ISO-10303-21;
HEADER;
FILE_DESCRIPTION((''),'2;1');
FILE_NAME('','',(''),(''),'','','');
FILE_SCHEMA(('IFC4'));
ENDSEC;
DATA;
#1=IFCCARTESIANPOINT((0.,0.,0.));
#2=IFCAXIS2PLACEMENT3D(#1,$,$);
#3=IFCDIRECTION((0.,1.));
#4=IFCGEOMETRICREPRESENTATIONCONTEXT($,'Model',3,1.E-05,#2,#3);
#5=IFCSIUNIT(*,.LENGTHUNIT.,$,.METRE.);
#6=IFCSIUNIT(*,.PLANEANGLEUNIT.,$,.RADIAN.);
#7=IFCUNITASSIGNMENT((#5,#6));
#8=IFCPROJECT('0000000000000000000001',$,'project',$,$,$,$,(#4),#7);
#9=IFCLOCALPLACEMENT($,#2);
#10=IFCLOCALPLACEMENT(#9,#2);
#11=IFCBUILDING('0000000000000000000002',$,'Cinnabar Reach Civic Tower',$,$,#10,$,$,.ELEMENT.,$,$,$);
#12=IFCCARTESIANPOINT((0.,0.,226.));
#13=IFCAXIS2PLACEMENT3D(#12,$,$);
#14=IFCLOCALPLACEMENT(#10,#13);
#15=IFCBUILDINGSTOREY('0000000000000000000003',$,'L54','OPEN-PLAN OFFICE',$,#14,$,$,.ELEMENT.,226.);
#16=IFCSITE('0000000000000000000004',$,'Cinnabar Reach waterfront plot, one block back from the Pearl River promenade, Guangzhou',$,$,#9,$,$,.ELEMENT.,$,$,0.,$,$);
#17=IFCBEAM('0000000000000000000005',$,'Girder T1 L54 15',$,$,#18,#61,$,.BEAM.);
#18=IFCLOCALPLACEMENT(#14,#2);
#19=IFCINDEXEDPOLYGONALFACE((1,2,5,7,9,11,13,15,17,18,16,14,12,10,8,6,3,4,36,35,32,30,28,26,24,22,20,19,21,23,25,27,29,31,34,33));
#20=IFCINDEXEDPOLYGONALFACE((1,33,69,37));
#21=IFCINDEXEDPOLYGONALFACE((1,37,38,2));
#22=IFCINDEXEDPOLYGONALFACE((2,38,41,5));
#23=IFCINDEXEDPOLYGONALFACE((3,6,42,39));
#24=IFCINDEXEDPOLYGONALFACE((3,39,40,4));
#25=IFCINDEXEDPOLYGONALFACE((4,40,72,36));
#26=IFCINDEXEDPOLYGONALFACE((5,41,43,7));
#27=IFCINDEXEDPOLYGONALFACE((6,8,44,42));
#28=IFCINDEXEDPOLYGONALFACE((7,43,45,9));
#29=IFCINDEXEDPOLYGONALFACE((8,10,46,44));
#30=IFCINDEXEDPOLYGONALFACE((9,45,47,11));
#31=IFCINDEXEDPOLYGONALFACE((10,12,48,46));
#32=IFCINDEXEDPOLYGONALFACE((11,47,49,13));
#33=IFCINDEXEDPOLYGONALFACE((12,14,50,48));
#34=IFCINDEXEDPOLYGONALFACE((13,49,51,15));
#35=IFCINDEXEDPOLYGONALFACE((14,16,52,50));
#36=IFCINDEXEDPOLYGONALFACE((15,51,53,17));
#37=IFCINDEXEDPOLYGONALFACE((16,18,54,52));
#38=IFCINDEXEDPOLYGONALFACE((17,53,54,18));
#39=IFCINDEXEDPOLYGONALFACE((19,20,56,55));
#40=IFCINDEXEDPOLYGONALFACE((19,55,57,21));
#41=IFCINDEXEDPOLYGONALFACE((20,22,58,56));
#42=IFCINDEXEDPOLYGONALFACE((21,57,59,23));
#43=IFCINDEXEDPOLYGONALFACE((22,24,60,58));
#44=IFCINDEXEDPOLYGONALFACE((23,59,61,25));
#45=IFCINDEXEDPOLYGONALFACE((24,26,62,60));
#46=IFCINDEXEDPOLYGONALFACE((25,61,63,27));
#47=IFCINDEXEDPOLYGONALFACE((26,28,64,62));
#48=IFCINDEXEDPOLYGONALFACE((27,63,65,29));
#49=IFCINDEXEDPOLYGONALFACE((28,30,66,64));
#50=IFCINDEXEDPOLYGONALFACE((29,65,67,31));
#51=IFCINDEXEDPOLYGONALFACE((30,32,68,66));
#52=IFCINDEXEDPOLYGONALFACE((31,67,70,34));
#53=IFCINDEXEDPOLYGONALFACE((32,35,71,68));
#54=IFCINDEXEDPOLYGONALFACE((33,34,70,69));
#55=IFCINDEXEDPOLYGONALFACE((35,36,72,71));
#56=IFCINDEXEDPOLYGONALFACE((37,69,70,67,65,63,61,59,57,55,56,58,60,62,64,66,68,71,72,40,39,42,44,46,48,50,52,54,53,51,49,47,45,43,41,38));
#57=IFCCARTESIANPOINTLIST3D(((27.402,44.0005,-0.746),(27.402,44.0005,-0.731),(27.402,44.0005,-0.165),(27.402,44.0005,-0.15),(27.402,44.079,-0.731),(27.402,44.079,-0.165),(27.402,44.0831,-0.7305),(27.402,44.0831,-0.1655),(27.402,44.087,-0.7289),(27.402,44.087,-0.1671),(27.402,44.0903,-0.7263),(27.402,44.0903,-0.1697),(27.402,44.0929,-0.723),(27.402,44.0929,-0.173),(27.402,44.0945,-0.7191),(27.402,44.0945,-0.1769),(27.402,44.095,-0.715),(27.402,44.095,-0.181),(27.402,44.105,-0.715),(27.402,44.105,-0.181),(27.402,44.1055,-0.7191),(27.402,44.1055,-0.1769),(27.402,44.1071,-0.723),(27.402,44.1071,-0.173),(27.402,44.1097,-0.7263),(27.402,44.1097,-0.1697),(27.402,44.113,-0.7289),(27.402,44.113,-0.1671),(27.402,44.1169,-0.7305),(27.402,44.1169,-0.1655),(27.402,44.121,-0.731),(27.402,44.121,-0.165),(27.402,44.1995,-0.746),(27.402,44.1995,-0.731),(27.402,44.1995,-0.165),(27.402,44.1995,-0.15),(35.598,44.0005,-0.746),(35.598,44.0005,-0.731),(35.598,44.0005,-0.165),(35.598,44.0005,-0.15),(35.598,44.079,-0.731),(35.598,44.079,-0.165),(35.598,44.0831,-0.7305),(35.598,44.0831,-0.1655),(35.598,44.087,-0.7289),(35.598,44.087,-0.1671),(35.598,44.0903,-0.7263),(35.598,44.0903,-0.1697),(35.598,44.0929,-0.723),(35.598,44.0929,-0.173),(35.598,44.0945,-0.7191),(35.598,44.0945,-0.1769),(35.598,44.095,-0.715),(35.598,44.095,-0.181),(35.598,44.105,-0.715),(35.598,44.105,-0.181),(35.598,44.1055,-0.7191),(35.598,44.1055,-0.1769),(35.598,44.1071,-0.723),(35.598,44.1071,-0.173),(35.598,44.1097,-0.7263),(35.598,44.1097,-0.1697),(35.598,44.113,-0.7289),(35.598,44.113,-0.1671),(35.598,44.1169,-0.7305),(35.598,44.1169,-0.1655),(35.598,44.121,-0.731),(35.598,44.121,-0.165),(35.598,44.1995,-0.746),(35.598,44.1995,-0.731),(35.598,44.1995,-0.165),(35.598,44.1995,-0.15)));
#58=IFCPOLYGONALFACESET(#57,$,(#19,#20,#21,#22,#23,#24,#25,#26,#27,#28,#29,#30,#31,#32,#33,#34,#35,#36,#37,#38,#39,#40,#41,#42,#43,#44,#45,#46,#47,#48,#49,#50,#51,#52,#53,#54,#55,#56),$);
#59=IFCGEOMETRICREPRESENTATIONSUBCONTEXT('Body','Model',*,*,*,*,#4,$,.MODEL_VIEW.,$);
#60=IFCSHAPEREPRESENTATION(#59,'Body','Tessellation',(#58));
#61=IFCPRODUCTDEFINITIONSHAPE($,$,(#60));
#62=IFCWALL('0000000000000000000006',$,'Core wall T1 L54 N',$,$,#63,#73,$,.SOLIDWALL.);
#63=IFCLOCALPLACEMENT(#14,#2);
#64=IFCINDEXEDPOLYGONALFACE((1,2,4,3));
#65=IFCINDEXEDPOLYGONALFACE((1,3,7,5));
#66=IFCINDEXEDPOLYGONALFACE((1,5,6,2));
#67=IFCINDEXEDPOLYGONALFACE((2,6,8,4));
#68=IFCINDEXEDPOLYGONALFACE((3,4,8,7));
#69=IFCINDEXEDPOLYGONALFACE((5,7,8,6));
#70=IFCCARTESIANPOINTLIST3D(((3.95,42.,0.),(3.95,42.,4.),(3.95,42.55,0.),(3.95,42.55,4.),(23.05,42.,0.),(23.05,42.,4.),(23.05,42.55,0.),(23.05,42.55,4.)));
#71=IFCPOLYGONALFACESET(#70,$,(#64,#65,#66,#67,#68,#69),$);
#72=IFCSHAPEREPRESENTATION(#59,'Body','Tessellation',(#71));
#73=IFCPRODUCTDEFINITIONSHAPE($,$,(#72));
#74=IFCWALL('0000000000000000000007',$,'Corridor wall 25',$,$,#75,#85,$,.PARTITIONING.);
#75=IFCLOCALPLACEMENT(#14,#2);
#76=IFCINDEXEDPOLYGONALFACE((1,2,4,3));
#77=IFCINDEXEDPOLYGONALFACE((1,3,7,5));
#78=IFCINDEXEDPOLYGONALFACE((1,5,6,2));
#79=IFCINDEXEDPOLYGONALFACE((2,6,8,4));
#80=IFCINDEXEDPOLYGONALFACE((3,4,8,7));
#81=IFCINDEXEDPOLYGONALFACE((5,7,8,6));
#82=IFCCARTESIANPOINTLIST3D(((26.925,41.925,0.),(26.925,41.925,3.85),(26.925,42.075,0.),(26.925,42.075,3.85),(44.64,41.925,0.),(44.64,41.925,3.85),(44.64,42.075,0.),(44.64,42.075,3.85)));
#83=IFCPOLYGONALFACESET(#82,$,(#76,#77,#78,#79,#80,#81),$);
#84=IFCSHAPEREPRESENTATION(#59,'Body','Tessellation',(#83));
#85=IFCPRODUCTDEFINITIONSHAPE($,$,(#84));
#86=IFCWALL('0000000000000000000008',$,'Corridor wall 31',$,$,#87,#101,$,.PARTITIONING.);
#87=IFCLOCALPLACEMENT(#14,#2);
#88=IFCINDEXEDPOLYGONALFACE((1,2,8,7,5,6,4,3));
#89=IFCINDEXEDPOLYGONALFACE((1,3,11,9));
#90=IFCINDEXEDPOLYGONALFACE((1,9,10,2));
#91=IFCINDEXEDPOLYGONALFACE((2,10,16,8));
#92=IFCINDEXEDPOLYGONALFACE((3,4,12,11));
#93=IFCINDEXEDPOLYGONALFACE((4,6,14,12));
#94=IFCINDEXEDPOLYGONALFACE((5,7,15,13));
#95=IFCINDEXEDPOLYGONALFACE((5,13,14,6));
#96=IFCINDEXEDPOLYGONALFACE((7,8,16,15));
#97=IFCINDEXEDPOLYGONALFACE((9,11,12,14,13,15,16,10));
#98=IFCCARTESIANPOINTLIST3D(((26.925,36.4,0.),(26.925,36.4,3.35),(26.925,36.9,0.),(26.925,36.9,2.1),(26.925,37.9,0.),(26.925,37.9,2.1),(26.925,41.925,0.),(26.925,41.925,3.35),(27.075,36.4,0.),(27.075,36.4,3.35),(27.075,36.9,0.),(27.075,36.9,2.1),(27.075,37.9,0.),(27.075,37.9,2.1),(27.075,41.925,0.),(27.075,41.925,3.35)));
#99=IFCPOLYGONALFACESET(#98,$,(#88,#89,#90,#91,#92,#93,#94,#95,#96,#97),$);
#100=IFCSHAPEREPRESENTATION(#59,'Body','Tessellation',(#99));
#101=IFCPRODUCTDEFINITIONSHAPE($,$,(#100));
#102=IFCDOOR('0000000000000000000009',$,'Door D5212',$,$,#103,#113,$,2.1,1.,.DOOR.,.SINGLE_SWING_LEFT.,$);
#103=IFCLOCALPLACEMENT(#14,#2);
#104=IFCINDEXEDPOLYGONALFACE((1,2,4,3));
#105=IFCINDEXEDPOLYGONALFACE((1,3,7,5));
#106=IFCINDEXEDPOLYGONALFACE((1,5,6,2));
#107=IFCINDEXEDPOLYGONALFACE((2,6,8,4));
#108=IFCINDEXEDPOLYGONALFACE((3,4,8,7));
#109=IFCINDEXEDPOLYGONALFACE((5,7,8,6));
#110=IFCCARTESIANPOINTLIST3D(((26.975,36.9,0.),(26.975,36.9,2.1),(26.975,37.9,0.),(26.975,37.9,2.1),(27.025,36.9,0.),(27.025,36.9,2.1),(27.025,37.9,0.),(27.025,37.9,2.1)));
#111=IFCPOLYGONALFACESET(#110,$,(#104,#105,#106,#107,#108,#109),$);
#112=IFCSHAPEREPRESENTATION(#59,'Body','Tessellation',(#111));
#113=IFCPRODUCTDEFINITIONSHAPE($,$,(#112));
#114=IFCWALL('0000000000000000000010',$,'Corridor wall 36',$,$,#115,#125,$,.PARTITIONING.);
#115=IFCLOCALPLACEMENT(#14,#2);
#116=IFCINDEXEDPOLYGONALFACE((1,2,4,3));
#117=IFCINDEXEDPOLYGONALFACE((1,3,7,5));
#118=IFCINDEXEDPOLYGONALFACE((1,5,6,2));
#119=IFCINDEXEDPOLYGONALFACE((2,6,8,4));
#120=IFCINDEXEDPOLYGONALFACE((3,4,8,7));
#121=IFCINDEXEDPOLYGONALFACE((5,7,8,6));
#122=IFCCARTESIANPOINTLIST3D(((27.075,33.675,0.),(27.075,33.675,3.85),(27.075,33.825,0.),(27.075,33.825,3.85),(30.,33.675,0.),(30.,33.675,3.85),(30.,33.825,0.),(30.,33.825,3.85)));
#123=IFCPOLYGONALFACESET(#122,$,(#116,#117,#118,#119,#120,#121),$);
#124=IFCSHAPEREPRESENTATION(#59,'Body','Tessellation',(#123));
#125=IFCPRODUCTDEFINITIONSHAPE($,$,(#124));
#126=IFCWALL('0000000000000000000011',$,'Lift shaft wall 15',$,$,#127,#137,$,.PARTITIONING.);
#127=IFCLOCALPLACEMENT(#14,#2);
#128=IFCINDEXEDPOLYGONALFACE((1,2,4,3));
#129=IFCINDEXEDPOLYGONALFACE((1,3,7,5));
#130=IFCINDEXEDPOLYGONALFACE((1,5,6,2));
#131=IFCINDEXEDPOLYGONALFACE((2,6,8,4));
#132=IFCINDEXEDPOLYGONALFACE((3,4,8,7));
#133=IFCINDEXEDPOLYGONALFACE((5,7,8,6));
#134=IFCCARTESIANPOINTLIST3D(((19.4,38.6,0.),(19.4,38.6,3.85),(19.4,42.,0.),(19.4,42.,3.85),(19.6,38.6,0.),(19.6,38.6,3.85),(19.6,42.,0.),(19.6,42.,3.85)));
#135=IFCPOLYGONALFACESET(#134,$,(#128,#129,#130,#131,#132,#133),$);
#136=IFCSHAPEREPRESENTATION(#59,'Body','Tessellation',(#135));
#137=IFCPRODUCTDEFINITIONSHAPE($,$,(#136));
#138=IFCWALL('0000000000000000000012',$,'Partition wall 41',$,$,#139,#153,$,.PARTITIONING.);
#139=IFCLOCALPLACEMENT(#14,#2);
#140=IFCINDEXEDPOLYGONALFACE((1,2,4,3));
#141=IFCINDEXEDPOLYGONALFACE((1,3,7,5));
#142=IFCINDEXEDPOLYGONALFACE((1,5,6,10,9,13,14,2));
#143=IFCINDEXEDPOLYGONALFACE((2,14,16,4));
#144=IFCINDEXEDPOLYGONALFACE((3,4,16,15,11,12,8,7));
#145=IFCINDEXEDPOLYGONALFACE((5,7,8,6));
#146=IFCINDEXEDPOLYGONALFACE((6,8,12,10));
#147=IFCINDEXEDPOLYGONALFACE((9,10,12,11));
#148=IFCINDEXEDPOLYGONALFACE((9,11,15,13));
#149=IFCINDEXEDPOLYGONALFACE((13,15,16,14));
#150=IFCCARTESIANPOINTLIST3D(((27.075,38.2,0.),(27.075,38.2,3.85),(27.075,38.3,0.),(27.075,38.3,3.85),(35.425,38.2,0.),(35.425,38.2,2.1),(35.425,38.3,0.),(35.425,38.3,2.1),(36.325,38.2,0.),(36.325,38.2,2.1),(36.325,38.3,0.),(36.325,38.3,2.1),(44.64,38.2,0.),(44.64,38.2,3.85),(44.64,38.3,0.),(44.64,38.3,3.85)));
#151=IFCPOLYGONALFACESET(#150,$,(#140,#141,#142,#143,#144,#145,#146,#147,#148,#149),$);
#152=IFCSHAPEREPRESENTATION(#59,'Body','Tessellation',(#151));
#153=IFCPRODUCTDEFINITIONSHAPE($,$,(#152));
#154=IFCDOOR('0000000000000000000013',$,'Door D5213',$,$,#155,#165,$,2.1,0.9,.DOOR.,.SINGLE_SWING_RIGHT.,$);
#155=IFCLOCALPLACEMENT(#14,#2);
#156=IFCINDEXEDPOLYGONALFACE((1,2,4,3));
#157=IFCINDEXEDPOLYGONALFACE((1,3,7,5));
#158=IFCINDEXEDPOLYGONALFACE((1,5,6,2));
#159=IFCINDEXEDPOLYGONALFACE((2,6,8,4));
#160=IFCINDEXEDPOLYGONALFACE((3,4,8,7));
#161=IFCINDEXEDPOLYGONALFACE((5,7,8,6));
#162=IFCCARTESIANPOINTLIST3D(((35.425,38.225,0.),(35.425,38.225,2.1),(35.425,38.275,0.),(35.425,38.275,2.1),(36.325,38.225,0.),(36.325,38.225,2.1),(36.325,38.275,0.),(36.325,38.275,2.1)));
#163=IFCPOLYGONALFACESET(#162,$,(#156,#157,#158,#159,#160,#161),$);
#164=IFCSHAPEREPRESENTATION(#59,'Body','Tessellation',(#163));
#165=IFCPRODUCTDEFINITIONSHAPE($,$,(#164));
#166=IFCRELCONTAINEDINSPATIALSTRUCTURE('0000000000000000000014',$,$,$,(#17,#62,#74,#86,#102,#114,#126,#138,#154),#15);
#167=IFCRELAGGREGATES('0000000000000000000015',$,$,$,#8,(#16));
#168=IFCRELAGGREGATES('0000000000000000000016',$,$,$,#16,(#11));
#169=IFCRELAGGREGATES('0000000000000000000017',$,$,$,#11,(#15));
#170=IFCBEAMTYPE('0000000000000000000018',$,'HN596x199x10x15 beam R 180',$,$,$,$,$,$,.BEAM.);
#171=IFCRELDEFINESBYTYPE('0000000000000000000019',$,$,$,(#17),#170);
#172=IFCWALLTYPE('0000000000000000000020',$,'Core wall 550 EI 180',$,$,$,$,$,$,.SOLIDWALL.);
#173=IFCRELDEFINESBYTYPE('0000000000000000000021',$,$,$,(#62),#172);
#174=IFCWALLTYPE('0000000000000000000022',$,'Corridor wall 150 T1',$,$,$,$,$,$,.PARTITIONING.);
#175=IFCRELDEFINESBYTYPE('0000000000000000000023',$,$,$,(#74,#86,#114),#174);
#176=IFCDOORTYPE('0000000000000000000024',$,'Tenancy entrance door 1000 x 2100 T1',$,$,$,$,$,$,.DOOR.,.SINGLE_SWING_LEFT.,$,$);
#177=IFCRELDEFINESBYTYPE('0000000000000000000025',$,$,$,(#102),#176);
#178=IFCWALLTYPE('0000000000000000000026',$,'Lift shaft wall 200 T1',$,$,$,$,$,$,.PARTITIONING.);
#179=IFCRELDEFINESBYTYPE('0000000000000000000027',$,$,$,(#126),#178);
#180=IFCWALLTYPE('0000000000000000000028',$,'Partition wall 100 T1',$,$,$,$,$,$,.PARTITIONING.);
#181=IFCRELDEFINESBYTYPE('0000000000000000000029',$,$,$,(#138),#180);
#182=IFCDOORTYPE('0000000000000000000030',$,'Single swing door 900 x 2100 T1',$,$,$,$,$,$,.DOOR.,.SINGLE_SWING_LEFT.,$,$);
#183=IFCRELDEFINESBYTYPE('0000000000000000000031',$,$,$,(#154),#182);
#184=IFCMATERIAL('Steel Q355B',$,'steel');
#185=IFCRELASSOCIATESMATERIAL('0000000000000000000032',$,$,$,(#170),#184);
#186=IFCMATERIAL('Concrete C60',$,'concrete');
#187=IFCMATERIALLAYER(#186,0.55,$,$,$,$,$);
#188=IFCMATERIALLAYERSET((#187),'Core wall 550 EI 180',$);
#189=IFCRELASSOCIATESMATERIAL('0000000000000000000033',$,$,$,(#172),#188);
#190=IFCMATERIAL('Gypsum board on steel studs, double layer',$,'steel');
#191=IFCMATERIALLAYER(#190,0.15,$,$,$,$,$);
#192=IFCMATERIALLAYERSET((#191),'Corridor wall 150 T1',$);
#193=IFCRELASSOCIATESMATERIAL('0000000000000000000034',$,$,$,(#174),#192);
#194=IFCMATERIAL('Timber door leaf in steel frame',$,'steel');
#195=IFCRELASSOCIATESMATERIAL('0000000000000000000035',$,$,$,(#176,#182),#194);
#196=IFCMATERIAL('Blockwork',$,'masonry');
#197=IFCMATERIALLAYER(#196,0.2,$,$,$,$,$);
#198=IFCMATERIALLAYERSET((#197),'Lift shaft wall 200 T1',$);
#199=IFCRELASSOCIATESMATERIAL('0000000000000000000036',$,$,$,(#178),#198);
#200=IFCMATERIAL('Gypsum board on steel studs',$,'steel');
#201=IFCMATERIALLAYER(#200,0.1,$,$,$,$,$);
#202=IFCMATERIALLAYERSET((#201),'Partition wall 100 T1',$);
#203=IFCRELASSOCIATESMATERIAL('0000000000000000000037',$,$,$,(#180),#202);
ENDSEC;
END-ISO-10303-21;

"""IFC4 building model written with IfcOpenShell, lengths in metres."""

from ifc_helpers import new_model, si_unit, direction, frame, frame_2d, origin, origin_2d, place, context, subcontext, project, spatial, rectangle, i_section, extrude, material, layer, layer_set, material_profile, profile_set, type_object, element, fill, save


model = new_model("IFC4")

# Units and contexts
model_context = context("Model", 3, precision=1e-05, world=origin(), true_north=direction((0.0, 1.0)))
body_context = subcontext(model_context, "Body", "Model", "MODEL_VIEW")
ifc_project = project(units=[si_unit("LENGTHUNIT", "METRE"), si_unit("PLANEANGLEUNIT", "RADIAN")], contexts=[model_context])

# Site, building, storey
site_placement = place(None, origin())
site = spatial("IfcSite", under=ifc_project, at=site_placement, Name="Cinnabar Reach waterfront plot, one block back from the Pearl River promenade, Guangzhou", CompositionType="ELEMENT", RefElevation=0.0)
building_placement = place(site_placement, origin())
building = spatial("IfcBuilding", under=site, at=building_placement, Name="Cinnabar Reach Civic Tower", CompositionType="ELEMENT")
storey_placement = place(building_placement, frame((0.0, 0.0, 226.0)))
storey = spatial("IfcBuildingStorey", under=building, at=storey_placement, Name="L54", Description="OPEN-PLAN OFFICE", CompositionType="ELEMENT", Elevation=226.0)

# Shared definitions
ifc_material_1 = material(Name="Concrete C60", Category="concrete")

# Beam
ifc_material_2 = material(Name="Steel Q355B", Category="steel")
ifc_material_profile_1 = material_profile(ifc_material_2, i_section(OverallWidth=0.199, OverallDepth=0.596, WebThickness=0.01, FlangeThickness=0.015, FilletRadius=0.016, at=origin_2d()), Name="HN596x199x10x15")
ifc_profile_set_1 = profile_set([ifc_material_profile_1], Name="Steel Q355B")
beam_type_1 = type_object("IfcBeamType", Name="HN596x199x10x15 beam R 180", PredefinedType="BEAM", material=ifc_profile_set_1)
for number, where, z_axis, x_axis, name in (
    (1, (27.402, 44.1, -0.448), (1.0, 0.0, 0.0), (0.0, 1.0, 0.0), "Girder T1 L54 15"),
):
    element("IfcBeam", number, at=place(storey_placement, frame(where, z_axis=z_axis, x_axis=x_axis)), inside=storey, type_object=beam_type_1, Name=name, PredefinedType="BEAM", context=body_context, shape_type="SweptSolid", body=[
        extrude(i_section(OverallWidth=0.199, OverallDepth=0.596, WebThickness=0.01, FlangeThickness=0.015, FilletRadius=0.016, at=origin_2d()), origin(), (0.0, 0.0, 1.0), 8.196),
    ])

# Walls
ifc_layer_1 = layer(ifc_material_1, 0.55)
ifc_layer_set_1 = layer_set([ifc_layer_1], Name="Core wall 550 EI 180")
wall_type_1 = type_object("IfcWallType", Name="Core wall 550 EI 180", PredefinedType="SOLIDWALL", material=ifc_layer_set_1)
wall_1_placement = place(storey_placement, frame((23.05, 42.275, 0.0), z_axis=(0.0, 0.0, 1.0), x_axis=(-1.0, 0.0, 0.0)))
element("IfcWall", 2, at=wall_1_placement, inside=storey, type_object=wall_type_1, Name="Core wall T1 L54 N", PredefinedType="SOLIDWALL", context=body_context, shape_type="SweptSolid", body=[
    extrude(rectangle(XDim=19.1, YDim=0.55, at=frame_2d((9.55, 0.0))), origin(), (0.0, 0.0, 1.0), 4.0),
])
ifc_material_3 = material(Name="Gypsum board on steel studs, double layer", Category="steel")
ifc_layer_2 = layer(ifc_material_3, 0.15)
ifc_layer_set_2 = layer_set([ifc_layer_2], Name="Corridor wall 150 T1")
wall_type_2 = type_object("IfcWallType", Name="Corridor wall 150 T1", PredefinedType="PARTITIONING", material=ifc_layer_set_2)
wall_2_placement = place(storey_placement, frame((26.925, 42.0, 0.0), z_axis=(0.0, 0.0, 1.0), x_axis=(1.0, 0.0, 0.0)))
element("IfcWall", 3, at=wall_2_placement, inside=storey, type_object=wall_type_2, Name="Corridor wall 25", PredefinedType="PARTITIONING", context=body_context, shape_type="SweptSolid", body=[
    extrude(rectangle(XDim=17.715, YDim=0.15, at=frame_2d((8.8575, 0.0))), origin(), (0.0, 0.0, 1.0), 3.85),
])

# Wall, opening, door
wall_3_placement = place(storey_placement, frame((27.0, 36.4, 0.0), z_axis=(0.0, 0.0, 1.0), x_axis=(0.0, 1.0, 0.0)))
wall_3 = element("IfcWall", 4, at=wall_3_placement, inside=storey, type_object=wall_type_2, Name="Corridor wall 31", PredefinedType="PARTITIONING", context=body_context, shape_type="SweptSolid", body=[
    extrude(rectangle(XDim=5.525, YDim=0.15, at=frame_2d((2.7625, 0.0))), origin(), (0.0, 0.0, 1.0), 3.35),
])
opening_1_placement = place(wall_3_placement, frame((0.5, 0.0, 0.0)))
opening_1 = element("IfcOpeningElement", 5, at=opening_1_placement, cuts=wall_3, PredefinedType="OPENING", context=body_context, shape_type="SweptSolid", body=[
    extrude(rectangle(XDim=1.0, YDim=2.1, at=frame_2d((0.5, 1.05))), frame((0.0, 0.085, 0.0), z_axis=(0.0, -1.0, 0.0), x_axis=(1.0, 0.0, 0.0)), (0.0, 0.0, 1.0), 0.17),
])
ifc_material_4 = material(Name="Timber door leaf in steel frame", Category="steel")
door_type_1 = type_object("IfcDoorType", Name="Tenancy entrance door 1000 x 2100 T1", OperationType="SINGLE_SWING_LEFT", PredefinedType="DOOR", material=ifc_material_4)
door_1_placement = place(opening_1_placement, frame((1.0, 0.0, 0.0), z_axis=(0.0, 0.0, 1.0), x_axis=(-1.0, 0.0, 0.0)))
door_1 = element("IfcDoor", 6, at=door_1_placement, inside=storey, type_object=door_type_1, Name="Door D5212", OperationType="SINGLE_SWING_LEFT", OverallHeight=2.1, OverallWidth=1.0, PredefinedType="DOOR", context=body_context, shape_type="SweptSolid", body=[
    extrude(rectangle(XDim=1.0, YDim=2.1, at=frame_2d((0.5, 1.05))), frame((0.0, 0.025, 0.0), z_axis=(0.0, -1.0, 0.0), x_axis=(1.0, 0.0, 0.0)), (0.0, 0.0, 1.0), 0.05),
])
fill(opening_1, door_1)

# Walls
wall_4_placement = place(storey_placement, frame((27.075, 33.75, 0.0), z_axis=(0.0, 0.0, 1.0), x_axis=(1.0, 0.0, 0.0)))
element("IfcWall", 7, at=wall_4_placement, inside=storey, type_object=wall_type_2, Name="Corridor wall 36", PredefinedType="PARTITIONING", context=body_context, shape_type="SweptSolid", body=[
    extrude(rectangle(XDim=2.925, YDim=0.15, at=frame_2d((1.4625, 0.0))), origin(), (0.0, 0.0, 1.0), 3.85),
])
ifc_material_5 = material(Name="Blockwork", Category="masonry")
ifc_layer_3 = layer(ifc_material_5, 0.2)
ifc_layer_set_3 = layer_set([ifc_layer_3], Name="Lift shaft wall 200 T1")
wall_type_3 = type_object("IfcWallType", Name="Lift shaft wall 200 T1", PredefinedType="PARTITIONING", material=ifc_layer_set_3)
wall_5_placement = place(storey_placement, frame((19.5, 38.6, 0.0), z_axis=(0.0, 0.0, 1.0), x_axis=(0.0, 1.0, 0.0)))
element("IfcWall", 8, at=wall_5_placement, inside=storey, type_object=wall_type_3, Name="Lift shaft wall 15", PredefinedType="PARTITIONING", context=body_context, shape_type="SweptSolid", body=[
    extrude(rectangle(XDim=3.4, YDim=0.2, at=frame_2d((1.7, 0.0))), origin(), (0.0, 0.0, 1.0), 3.85),
])

# Wall, opening, door
ifc_material_6 = material(Name="Gypsum board on steel studs", Category="steel")
ifc_layer_4 = layer(ifc_material_6, 0.1)
ifc_layer_set_4 = layer_set([ifc_layer_4], Name="Partition wall 100 T1")
wall_type_4 = type_object("IfcWallType", Name="Partition wall 100 T1", PredefinedType="PARTITIONING", material=ifc_layer_set_4)
wall_6_placement = place(storey_placement, frame((27.075, 38.25, 0.0), z_axis=(0.0, 0.0, 1.0), x_axis=(1.0, 0.0, 0.0)))
wall_6 = element("IfcWall", 9, at=wall_6_placement, inside=storey, type_object=wall_type_4, Name="Partition wall 41", PredefinedType="PARTITIONING", context=body_context, shape_type="SweptSolid", body=[
    extrude(rectangle(XDim=17.565, YDim=0.1, at=frame_2d((8.7825, 0.0))), origin(), (0.0, 0.0, 1.0), 3.85),
])
opening_2_placement = place(wall_6_placement, frame((8.35, 0.0, 0.0)))
opening_2 = element("IfcOpeningElement", 10, at=opening_2_placement, cuts=wall_6, PredefinedType="OPENING", context=body_context, shape_type="SweptSolid", body=[
    extrude(rectangle(XDim=0.9, YDim=2.1, at=frame_2d((0.45, 1.05))), frame((0.0, 0.06, 0.0), z_axis=(0.0, -1.0, 0.0), x_axis=(1.0, 0.0, 0.0)), (0.0, 0.0, 1.0), 0.12),
])
door_type_2 = type_object("IfcDoorType", Name="Single swing door 900 x 2100 T1", OperationType="SINGLE_SWING_LEFT", PredefinedType="DOOR", material=ifc_material_4)
door_2_placement = place(opening_2_placement, origin())
door_2 = element("IfcDoor", 11, at=door_2_placement, inside=storey, type_object=door_type_2, Name="Door D5213", OperationType="SINGLE_SWING_RIGHT", OverallHeight=2.1, OverallWidth=0.9, PredefinedType="DOOR", context=body_context, shape_type="SweptSolid", body=[
    extrude(rectangle(XDim=0.9, YDim=2.1, at=frame_2d((0.45, 1.05))), frame((0.0, 0.025, 0.0), z_axis=(0.0, -1.0, 0.0), x_axis=(1.0, 0.0, 0.0)), (0.0, 0.0, 1.0), 0.05),
])
fill(opening_2, door_2)

save(model, "model.ifc")
